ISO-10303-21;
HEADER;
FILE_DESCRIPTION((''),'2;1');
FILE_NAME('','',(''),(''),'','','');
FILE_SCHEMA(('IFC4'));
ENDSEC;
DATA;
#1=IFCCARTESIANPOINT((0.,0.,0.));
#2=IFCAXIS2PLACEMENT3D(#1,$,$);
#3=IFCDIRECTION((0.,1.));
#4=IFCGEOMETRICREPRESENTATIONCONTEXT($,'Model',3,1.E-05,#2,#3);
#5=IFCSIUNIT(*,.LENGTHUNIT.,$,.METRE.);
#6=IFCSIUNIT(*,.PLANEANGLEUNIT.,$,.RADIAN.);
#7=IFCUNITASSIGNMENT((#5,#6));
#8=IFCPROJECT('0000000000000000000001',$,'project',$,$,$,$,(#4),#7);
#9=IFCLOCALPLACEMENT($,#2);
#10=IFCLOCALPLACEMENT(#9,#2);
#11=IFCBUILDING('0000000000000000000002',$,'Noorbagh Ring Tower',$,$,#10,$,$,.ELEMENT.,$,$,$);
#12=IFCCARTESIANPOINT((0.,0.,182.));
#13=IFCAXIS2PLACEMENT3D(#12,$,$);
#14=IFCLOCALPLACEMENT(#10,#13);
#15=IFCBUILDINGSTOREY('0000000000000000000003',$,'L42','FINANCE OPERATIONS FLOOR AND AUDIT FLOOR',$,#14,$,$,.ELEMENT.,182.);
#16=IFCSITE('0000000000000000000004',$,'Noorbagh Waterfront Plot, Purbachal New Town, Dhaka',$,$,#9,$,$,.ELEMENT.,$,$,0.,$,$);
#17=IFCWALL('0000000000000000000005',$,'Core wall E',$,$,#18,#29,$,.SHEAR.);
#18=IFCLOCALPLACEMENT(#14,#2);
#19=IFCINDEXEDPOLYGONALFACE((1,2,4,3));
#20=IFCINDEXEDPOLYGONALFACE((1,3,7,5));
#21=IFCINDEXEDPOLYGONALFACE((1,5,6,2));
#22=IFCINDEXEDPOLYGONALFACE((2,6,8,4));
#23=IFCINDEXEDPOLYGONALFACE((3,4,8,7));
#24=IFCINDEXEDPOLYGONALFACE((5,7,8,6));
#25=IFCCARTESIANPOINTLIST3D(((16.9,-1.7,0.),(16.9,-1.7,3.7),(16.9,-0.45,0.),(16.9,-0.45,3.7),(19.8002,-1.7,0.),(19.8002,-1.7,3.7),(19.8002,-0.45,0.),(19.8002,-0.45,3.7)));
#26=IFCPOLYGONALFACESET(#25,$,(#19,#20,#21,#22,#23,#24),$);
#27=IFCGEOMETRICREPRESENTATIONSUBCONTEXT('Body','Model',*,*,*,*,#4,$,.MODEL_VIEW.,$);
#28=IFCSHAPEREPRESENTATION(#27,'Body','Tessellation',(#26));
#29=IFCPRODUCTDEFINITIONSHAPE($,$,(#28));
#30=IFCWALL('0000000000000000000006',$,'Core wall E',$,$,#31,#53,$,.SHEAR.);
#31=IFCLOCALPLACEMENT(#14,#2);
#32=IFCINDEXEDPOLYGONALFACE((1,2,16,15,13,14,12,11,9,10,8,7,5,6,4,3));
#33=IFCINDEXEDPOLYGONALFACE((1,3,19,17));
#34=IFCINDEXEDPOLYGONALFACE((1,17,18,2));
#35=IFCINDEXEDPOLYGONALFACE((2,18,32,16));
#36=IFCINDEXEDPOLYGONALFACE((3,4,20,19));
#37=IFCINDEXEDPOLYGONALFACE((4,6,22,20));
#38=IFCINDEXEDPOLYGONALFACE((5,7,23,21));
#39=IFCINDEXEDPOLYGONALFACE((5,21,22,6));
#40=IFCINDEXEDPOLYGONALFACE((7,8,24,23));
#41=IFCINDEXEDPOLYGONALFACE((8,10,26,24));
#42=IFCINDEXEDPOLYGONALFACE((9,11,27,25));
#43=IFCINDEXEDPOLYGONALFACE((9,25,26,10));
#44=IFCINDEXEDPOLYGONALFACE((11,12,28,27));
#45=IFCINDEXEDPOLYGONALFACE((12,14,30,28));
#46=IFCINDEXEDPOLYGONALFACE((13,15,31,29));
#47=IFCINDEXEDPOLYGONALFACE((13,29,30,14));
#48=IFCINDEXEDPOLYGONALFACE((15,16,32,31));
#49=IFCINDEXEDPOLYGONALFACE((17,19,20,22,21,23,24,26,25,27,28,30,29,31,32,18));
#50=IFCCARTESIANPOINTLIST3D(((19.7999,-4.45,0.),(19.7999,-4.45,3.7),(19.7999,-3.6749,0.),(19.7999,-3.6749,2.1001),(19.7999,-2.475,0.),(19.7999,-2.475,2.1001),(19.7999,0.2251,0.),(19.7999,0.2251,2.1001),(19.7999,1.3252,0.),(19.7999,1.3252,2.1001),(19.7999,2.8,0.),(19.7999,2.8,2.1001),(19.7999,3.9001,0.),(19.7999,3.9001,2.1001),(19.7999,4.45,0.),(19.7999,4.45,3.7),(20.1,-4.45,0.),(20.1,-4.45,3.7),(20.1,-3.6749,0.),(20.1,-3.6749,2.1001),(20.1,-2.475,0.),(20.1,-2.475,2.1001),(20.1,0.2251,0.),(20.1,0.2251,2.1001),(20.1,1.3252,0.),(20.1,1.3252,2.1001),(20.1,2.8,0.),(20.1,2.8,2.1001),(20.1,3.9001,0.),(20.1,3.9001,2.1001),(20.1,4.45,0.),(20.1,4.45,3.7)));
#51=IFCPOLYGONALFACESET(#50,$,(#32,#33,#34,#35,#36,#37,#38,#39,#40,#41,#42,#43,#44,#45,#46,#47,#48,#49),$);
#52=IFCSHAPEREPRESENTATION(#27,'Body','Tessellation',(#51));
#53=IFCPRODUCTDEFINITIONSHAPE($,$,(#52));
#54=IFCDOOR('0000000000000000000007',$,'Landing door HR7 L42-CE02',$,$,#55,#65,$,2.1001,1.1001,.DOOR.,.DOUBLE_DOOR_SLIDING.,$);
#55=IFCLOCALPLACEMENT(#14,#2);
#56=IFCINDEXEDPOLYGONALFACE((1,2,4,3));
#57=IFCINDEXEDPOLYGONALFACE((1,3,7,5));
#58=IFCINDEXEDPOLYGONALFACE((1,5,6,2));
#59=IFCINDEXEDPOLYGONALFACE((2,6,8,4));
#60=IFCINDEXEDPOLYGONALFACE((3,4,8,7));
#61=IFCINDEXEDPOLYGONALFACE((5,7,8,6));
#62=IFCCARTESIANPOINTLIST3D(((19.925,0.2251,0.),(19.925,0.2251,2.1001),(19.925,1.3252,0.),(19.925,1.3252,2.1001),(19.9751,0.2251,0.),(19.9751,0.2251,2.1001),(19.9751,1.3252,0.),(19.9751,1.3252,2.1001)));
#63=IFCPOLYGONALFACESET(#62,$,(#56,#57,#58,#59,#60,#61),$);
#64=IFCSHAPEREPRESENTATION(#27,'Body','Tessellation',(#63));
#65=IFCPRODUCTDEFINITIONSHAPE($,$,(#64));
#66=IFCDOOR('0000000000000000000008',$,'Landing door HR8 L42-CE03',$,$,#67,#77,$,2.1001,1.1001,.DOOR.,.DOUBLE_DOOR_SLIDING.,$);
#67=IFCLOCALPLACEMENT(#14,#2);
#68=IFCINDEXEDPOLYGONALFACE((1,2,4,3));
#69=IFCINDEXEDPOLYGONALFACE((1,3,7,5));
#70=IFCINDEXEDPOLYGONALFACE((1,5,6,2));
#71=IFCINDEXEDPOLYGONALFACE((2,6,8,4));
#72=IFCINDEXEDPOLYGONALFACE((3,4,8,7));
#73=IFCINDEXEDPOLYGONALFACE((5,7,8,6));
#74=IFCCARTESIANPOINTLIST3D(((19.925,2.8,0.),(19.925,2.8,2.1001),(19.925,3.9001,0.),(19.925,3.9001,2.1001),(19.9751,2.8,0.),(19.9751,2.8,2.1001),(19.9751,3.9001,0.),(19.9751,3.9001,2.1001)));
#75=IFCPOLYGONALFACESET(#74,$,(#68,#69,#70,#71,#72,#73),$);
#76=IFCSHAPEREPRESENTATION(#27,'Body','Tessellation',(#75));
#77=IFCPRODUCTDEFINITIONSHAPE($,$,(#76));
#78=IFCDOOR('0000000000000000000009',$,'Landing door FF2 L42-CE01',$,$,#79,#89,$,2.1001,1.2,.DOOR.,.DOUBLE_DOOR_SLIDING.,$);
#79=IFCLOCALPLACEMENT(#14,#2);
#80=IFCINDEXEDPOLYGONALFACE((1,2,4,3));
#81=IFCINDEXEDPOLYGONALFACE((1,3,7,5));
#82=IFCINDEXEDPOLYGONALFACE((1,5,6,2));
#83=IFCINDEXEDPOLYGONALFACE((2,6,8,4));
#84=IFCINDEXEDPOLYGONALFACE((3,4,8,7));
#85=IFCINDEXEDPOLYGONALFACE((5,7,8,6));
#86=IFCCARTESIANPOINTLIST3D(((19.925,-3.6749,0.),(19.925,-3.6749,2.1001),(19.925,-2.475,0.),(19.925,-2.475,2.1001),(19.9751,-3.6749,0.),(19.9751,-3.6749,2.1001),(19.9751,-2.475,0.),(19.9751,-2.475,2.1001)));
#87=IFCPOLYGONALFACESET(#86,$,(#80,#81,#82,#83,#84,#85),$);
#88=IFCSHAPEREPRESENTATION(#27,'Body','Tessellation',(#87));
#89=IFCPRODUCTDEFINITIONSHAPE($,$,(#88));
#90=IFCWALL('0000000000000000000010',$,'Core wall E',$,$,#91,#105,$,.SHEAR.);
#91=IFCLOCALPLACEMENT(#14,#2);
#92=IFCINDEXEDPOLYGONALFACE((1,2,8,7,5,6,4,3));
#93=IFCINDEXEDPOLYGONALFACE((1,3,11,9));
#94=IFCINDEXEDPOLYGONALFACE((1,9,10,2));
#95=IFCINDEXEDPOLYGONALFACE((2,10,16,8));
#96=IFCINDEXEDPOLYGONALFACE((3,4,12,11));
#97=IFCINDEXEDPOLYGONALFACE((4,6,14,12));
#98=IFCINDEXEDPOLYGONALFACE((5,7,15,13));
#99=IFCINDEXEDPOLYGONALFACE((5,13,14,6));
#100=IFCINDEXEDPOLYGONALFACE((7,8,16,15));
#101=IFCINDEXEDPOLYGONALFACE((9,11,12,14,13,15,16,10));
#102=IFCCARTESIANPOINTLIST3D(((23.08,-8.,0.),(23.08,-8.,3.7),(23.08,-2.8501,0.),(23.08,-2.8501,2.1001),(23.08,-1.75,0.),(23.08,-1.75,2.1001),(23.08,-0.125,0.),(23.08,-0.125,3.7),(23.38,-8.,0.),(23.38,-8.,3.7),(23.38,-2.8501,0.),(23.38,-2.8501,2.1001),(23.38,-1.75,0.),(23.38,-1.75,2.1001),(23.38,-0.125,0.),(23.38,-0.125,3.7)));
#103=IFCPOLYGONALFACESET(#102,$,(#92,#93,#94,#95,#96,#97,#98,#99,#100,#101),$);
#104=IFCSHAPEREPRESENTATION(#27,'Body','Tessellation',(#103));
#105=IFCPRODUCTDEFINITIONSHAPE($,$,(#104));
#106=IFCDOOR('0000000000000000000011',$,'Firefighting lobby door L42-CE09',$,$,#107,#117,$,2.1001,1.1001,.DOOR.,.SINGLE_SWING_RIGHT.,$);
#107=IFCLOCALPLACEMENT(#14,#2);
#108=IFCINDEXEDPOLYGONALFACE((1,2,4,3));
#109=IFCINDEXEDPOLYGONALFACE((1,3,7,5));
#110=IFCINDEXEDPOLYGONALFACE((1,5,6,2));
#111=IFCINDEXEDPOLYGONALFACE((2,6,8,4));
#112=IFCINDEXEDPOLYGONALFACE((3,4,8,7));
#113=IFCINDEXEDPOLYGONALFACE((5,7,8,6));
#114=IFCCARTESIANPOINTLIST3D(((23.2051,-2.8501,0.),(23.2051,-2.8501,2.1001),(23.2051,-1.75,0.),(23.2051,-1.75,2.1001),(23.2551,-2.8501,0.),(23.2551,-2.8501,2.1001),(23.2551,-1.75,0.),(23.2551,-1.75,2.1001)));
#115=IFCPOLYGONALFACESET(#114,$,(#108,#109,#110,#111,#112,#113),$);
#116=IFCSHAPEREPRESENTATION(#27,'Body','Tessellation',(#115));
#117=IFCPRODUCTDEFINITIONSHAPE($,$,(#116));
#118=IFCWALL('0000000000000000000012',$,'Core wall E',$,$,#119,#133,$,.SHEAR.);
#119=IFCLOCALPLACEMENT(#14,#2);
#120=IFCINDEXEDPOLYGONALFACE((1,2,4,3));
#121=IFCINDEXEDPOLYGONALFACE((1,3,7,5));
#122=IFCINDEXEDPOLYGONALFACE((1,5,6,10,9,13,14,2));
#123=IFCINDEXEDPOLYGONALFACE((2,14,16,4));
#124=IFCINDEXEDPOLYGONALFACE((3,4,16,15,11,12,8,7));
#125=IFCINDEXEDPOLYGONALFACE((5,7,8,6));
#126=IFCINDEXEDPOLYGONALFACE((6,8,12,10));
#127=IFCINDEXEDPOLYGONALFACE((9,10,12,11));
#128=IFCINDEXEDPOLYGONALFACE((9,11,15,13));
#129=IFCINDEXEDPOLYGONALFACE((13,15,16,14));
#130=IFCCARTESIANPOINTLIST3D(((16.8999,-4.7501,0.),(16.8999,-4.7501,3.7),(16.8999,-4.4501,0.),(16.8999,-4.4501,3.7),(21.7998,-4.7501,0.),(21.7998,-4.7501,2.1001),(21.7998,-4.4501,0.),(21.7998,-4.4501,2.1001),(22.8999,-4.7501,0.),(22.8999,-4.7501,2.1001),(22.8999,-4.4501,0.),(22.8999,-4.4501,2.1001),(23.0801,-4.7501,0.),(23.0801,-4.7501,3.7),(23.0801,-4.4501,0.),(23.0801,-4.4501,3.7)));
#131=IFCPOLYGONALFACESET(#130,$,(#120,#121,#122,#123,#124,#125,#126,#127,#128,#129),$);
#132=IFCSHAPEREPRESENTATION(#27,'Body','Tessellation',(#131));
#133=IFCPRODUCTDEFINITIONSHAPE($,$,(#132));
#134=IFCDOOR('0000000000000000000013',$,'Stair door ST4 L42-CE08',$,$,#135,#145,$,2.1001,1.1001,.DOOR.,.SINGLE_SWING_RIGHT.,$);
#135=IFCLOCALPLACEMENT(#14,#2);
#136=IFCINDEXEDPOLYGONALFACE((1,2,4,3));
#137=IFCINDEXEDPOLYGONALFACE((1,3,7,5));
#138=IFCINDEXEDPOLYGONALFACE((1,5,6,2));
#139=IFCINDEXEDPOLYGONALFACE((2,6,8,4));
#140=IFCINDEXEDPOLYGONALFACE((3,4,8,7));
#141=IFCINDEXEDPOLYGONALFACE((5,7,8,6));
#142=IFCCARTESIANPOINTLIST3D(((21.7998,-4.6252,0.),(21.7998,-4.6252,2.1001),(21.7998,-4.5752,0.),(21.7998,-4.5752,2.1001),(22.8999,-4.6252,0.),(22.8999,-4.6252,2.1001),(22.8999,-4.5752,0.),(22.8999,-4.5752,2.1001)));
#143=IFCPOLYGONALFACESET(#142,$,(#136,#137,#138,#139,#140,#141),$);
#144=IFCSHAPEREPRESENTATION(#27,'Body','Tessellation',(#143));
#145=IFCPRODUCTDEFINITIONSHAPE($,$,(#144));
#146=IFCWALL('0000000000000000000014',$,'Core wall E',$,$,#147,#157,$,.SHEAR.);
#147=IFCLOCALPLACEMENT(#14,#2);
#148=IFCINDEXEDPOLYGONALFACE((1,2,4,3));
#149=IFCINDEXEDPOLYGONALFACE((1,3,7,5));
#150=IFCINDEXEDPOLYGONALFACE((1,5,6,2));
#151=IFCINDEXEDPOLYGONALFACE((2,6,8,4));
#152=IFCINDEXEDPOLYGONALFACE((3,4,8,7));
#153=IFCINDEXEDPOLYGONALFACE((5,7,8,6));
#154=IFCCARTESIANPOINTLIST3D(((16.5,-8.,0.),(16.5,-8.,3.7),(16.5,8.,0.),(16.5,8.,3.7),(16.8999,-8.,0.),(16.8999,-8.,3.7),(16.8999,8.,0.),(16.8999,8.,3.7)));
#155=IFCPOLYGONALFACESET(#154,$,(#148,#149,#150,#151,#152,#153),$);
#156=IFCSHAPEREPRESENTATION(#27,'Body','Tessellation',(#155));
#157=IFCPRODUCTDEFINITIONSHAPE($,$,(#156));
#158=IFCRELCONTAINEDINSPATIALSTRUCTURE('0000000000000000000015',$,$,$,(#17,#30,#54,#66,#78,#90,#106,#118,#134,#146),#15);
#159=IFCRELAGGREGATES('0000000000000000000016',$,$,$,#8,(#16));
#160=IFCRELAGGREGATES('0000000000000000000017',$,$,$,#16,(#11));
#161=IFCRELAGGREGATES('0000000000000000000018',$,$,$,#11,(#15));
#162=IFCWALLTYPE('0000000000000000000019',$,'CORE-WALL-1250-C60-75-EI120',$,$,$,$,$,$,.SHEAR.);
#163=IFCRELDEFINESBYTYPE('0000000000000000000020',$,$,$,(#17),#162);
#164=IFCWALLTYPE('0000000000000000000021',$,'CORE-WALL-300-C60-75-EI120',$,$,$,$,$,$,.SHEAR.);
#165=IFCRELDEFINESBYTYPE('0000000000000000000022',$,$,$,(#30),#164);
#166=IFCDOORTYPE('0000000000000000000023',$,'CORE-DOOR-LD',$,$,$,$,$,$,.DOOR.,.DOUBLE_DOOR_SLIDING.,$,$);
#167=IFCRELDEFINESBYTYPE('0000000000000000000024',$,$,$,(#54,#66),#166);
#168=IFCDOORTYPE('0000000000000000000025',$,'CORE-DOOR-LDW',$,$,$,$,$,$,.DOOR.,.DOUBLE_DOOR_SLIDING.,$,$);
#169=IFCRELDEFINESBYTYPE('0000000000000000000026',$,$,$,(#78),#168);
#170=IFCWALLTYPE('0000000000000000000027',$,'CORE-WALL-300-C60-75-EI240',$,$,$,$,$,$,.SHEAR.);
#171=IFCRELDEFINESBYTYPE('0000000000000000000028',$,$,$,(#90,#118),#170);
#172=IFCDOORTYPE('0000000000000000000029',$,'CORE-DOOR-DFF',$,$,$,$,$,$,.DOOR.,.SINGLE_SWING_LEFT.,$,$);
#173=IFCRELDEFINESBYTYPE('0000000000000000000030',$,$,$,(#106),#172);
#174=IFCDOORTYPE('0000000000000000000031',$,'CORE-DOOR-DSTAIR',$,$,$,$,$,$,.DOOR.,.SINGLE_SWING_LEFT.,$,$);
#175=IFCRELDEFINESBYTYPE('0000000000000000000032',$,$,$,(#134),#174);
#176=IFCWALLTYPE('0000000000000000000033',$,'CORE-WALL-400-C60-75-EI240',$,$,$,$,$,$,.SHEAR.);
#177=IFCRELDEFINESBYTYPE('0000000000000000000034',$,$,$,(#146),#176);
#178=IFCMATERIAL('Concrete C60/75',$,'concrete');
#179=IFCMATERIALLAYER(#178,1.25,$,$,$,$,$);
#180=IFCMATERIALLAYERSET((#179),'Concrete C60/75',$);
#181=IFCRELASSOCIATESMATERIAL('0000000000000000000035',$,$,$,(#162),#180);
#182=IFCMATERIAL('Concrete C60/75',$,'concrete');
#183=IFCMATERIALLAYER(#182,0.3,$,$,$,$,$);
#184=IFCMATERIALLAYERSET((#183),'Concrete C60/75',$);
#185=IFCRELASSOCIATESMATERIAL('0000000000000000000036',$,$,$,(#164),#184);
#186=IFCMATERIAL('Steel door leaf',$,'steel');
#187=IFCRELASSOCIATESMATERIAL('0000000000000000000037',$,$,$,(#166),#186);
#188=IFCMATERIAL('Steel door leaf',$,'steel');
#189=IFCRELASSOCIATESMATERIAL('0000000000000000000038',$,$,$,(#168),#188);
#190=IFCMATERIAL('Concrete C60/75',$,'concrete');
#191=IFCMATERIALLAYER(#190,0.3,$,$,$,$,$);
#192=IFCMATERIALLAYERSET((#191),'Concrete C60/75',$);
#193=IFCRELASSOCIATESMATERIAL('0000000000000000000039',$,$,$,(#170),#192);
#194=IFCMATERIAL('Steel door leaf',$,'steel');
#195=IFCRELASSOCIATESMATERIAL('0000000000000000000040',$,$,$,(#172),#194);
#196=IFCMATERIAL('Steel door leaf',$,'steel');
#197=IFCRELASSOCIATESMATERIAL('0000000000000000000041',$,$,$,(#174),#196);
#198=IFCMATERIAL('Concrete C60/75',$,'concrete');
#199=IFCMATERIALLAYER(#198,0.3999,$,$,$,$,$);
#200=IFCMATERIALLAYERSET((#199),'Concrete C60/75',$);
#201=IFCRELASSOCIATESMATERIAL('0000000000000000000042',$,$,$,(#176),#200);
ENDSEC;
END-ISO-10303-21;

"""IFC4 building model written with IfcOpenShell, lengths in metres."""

from ifc_helpers import new_model, si_unit, direction, frame, frame_2d, origin, place, context, subcontext, project, spatial, rectangle, extrude, material, layer, layer_set, type_object, element, fill, save


model = new_model("IFC4")

# Units and contexts
model_context = context("Model", 3, precision=1e-05, world=origin(), true_north=direction((0.0, 1.0)))
body_context = subcontext(model_context, "Body", "Model", "MODEL_VIEW")
ifc_project = project(units=[si_unit("LENGTHUNIT", "METRE"), si_unit("PLANEANGLEUNIT", "RADIAN")], contexts=[model_context])

# Site, building, storey
site_placement = place(None, origin())
site = spatial("IfcSite", under=ifc_project, at=site_placement, Name="Noorbagh Waterfront Plot, Purbachal New Town, Dhaka", CompositionType="ELEMENT", RefElevation=0.0)
building_placement = place(site_placement, origin())
building = spatial("IfcBuilding", under=site, at=building_placement, Name="Noorbagh Ring Tower", CompositionType="ELEMENT")
storey_placement = place(building_placement, frame((0.0, 0.0, 182.0)))
storey = spatial("IfcBuildingStorey", under=building, at=storey_placement, Name="L42", Description="FINANCE OPERATIONS FLOOR AND AUDIT FLOOR", CompositionType="ELEMENT", Elevation=182.0)

# Wall
ifc_material_1 = material(Name="Concrete C60/75", Category="concrete")
ifc_layer_1 = layer(ifc_material_1, 1.25)
ifc_layer_set_1 = layer_set([ifc_layer_1], Name="Concrete C60/75")
wall_type_1 = type_object("IfcWallType", Name="CORE-WALL-1250-C60-75-EI120", PredefinedType="SHEAR", material=ifc_layer_set_1)
wall_1_placement = place(storey_placement, frame((16.8999, -1.075, 0.0), z_axis=(0.0, 0.0, 1.0), x_axis=(1.0, 0.0, 0.0)))
element("IfcWall", 1, at=wall_1_placement, inside=storey, type_object=wall_type_1, Name="Core wall E", PredefinedType="SHEAR", context=body_context, shape_type="SweptSolid", body=[
    extrude(rectangle(XDim=2.9001, YDim=1.25, at=frame_2d((1.4502, 0.0))), origin(), (0.0, 0.0, 1.0), 3.7),
])

# Wall, openings, doors
ifc_material_2 = material(Name="Concrete C60/75", Category="concrete")
ifc_layer_2 = layer(ifc_material_2, 0.3)
ifc_layer_set_2 = layer_set([ifc_layer_2], Name="Concrete C60/75")
wall_type_2 = type_object("IfcWallType", Name="CORE-WALL-300-C60-75-EI120", PredefinedType="SHEAR", material=ifc_layer_set_2)
wall_2_placement = place(storey_placement, frame((19.95, -4.45, 0.0), z_axis=(0.0, 0.0, 1.0), x_axis=(0.0, 1.0, 0.0)))
wall_2 = element("IfcWall", 2, at=wall_2_placement, inside=storey, type_object=wall_type_2, Name="Core wall E", PredefinedType="SHEAR", context=body_context, shape_type="SweptSolid", body=[
    extrude(rectangle(XDim=8.8999, YDim=0.3, at=frame_2d((4.45, 0.0))), origin(), (0.0, 0.0, 1.0), 3.7),
])
opening_1_placement = place(wall_2_placement, frame((0.7749, 0.0, 0.0)))
opening_1 = element("IfcOpeningElement", 3, at=opening_1_placement, cuts=wall_2, PredefinedType="OPENING", context=body_context, shape_type="SweptSolid", body=[
    extrude(rectangle(XDim=1.2, YDim=2.1001, at=frame_2d((0.6001, 1.05))), frame((0.0, 0.1602, 0.0), z_axis=(0.0, -1.0, 0.0), x_axis=(1.0, 0.0, 0.0)), (0.0, 0.0, 1.0), 0.3201),
])
opening_2_placement = place(wall_2_placement, frame((4.675, 0.0, 0.0)))
opening_2 = element("IfcOpeningElement", 4, at=opening_2_placement, cuts=wall_2, PredefinedType="OPENING", context=body_context, shape_type="SweptSolid", body=[
    extrude(rectangle(XDim=1.1001, YDim=2.1001, at=frame_2d((0.55, 1.05))), frame((0.0, 0.1602, 0.0), z_axis=(0.0, -1.0, 0.0), x_axis=(1.0, 0.0, 0.0)), (0.0, 0.0, 1.0), 0.3201),
])
opening_3_placement = place(wall_2_placement, frame((7.25, 0.0, 0.0)))
opening_3 = element("IfcOpeningElement", 5, at=opening_3_placement, cuts=wall_2, PredefinedType="OPENING", context=body_context, shape_type="SweptSolid", body=[
    extrude(rectangle(XDim=1.1001, YDim=2.1001, at=frame_2d((0.55, 1.05))), frame((0.0, 0.1602, 0.0), z_axis=(0.0, -1.0, 0.0), x_axis=(1.0, 0.0, 0.0)), (0.0, 0.0, 1.0), 0.3201),
])
ifc_material_3 = material(Name="Steel door leaf", Category="steel")
door_type_1 = type_object("IfcDoorType", Name="CORE-DOOR-LD", OperationType="DOUBLE_DOOR_SLIDING", PredefinedType="DOOR", material=ifc_material_3)
door_1_placement = place(opening_2_placement, origin())
door_1 = element("IfcDoor", 6, at=door_1_placement, inside=storey, type_object=door_type_1, Name="Landing door HR7 L42-CE02", OperationType="DOUBLE_DOOR_SLIDING", OverallHeight=2.1001, OverallWidth=1.1001, PredefinedType="DOOR", context=body_context, shape_type="SweptSolid", body=[
    extrude(rectangle(XDim=1.1001, YDim=2.1001, at=frame_2d((0.55, 1.05))), frame((0.0, 0.0249, 0.0), z_axis=(0.0, -1.0, 0.0), x_axis=(1.0, 0.0, 0.0)), (0.0, 0.0, 1.0), 0.05),
])
fill(opening_2, door_1)
door_2_placement = place(opening_3_placement, origin())
door_2 = element("IfcDoor", 7, at=door_2_placement, inside=storey, type_object=door_type_1, Name="Landing door HR8 L42-CE03", OperationType="DOUBLE_DOOR_SLIDING", OverallHeight=2.1001, OverallWidth=1.1001, PredefinedType="DOOR", context=body_context, shape_type="SweptSolid", body=[
    extrude(rectangle(XDim=1.1001, YDim=2.1001, at=frame_2d((0.55, 1.05))), frame((0.0, 0.0249, 0.0), z_axis=(0.0, -1.0, 0.0), x_axis=(1.0, 0.0, 0.0)), (0.0, 0.0, 1.0), 0.05),
])
fill(opening_3, door_2)
ifc_material_4 = material(Name="Steel door leaf", Category="steel")
door_type_2 = type_object("IfcDoorType", Name="CORE-DOOR-LDW", OperationType="DOUBLE_DOOR_SLIDING", PredefinedType="DOOR", material=ifc_material_4)
door_3_placement = place(opening_1_placement, origin())
door_3 = element("IfcDoor", 8, at=door_3_placement, inside=storey, type_object=door_type_2, Name="Landing door FF2 L42-CE01", OperationType="DOUBLE_DOOR_SLIDING", OverallHeight=2.1001, OverallWidth=1.2, PredefinedType="DOOR", context=body_context, shape_type="SweptSolid", body=[
    extrude(rectangle(XDim=1.2, YDim=2.1001, at=frame_2d((0.6001, 1.05))), frame((0.0, 0.0249, 0.0), z_axis=(0.0, -1.0, 0.0), x_axis=(1.0, 0.0, 0.0)), (0.0, 0.0, 1.0), 0.05),
])
fill(opening_1, door_3)

# Walls, openings, doors
ifc_material_5 = material(Name="Concrete C60/75", Category="concrete")
ifc_layer_3 = layer(ifc_material_5, 0.3)
ifc_layer_set_3 = layer_set([ifc_layer_3], Name="Concrete C60/75")
wall_type_3 = type_object("IfcWallType", Name="CORE-WALL-300-C60-75-EI240", PredefinedType="SHEAR", material=ifc_layer_set_3)
wall_3_placement = place(storey_placement, frame((23.23, -8.0, 0.0), z_axis=(0.0, 0.0, 1.0), x_axis=(0.0, 1.0, 0.0)))
wall_3 = element("IfcWall", 9, at=wall_3_placement, inside=storey, type_object=wall_type_3, Name="Core wall E", PredefinedType="SHEAR", context=body_context, shape_type="SweptSolid", body=[
    extrude(rectangle(XDim=7.875, YDim=0.3, at=frame_2d((3.9375, 0.0))), origin(), (0.0, 0.0, 1.0), 3.7),
])
opening_4_placement = place(wall_3_placement, frame((5.1499, 0.0, 0.0)))
opening_4 = element("IfcOpeningElement", 10, at=opening_4_placement, cuts=wall_3, PredefinedType="OPENING", context=body_context, shape_type="SweptSolid", body=[
    extrude(rectangle(XDim=1.1001, YDim=2.1001, at=frame_2d((0.55, 1.05))), frame((0.0, 0.1602, 0.0), z_axis=(0.0, -1.0, 0.0), x_axis=(1.0, 0.0, 0.0)), (0.0, 0.0, 1.0), 0.3201),
])
ifc_material_6 = material(Name="Steel door leaf", Category="steel")
door_type_3 = type_object("IfcDoorType", Name="CORE-DOOR-DFF", OperationType="SINGLE_SWING_LEFT", PredefinedType="DOOR", material=ifc_material_6)
door_4_placement = place(opening_4_placement, origin())
door_4 = element("IfcDoor", 11, at=door_4_placement, inside=storey, type_object=door_type_3, Name="Firefighting lobby door L42-CE09", OperationType="SINGLE_SWING_RIGHT", OverallHeight=2.1001, OverallWidth=1.1001, PredefinedType="DOOR", context=body_context, shape_type="SweptSolid", body=[
    extrude(rectangle(XDim=1.1001, YDim=2.1001, at=frame_2d((0.55, 1.05))), frame((0.0, 0.0249, 0.0), z_axis=(0.0, -1.0, 0.0), x_axis=(1.0, 0.0, 0.0)), (0.0, 0.0, 1.0), 0.05),
])
fill(opening_4, door_4)
wall_4_placement = place(storey_placement, frame((16.8999, -4.6001, 0.0), z_axis=(0.0, 0.0, 1.0), x_axis=(1.0, 0.0, 0.0)))
wall_4 = element("IfcWall", 12, at=wall_4_placement, inside=storey, type_object=wall_type_3, Name="Core wall E", PredefinedType="SHEAR", context=body_context, shape_type="SweptSolid", body=[
    extrude(rectangle(XDim=6.1802, YDim=0.3, at=frame_2d((3.0901, 0.0))), origin(), (0.0, 0.0, 1.0), 3.7),
])
opening_5_placement = place(wall_4_placement, frame((4.8999, 0.0, 0.0)))
opening_5 = element("IfcOpeningElement", 13, at=opening_5_placement, cuts=wall_4, PredefinedType="OPENING", context=body_context, shape_type="SweptSolid", body=[
    extrude(rectangle(XDim=1.1001, YDim=2.1001, at=frame_2d((0.55, 1.05))), frame((0.0, 0.1602, 0.0), z_axis=(0.0, -1.0, 0.0), x_axis=(1.0, 0.0, 0.0)), (0.0, 0.0, 1.0), 0.3201),
])
ifc_material_7 = material(Name="Steel door leaf", Category="steel")
door_type_4 = type_object("IfcDoorType", Name="CORE-DOOR-DSTAIR", OperationType="SINGLE_SWING_LEFT", PredefinedType="DOOR", material=ifc_material_7)
door_5_placement = place(opening_5_placement, origin())
door_5 = element("IfcDoor", 14, at=door_5_placement, inside=storey, type_object=door_type_4, Name="Stair door ST4 L42-CE08", OperationType="SINGLE_SWING_RIGHT", OverallHeight=2.1001, OverallWidth=1.1001, PredefinedType="DOOR", context=body_context, shape_type="SweptSolid", body=[
    extrude(rectangle(XDim=1.1001, YDim=2.1001, at=frame_2d((0.55, 1.05))), frame((0.0, 0.0249, 0.0), z_axis=(0.0, -1.0, 0.0), x_axis=(1.0, 0.0, 0.0)), (0.0, 0.0, 1.0), 0.05),
])
fill(opening_5, door_5)

# Wall
ifc_material_8 = material(Name="Concrete C60/75", Category="concrete")
ifc_layer_4 = layer(ifc_material_8, 0.3999)
ifc_layer_set_4 = layer_set([ifc_layer_4], Name="Concrete C60/75")
wall_type_4 = type_object("IfcWallType", Name="CORE-WALL-400-C60-75-EI240", PredefinedType="SHEAR", material=ifc_layer_set_4)
wall_5_placement = place(storey_placement, frame((16.7, -8.0, 0.0), z_axis=(0.0, 0.0, 1.0), x_axis=(0.0, 1.0, 0.0)))
element("IfcWall", 15, at=wall_5_placement, inside=storey, type_object=wall_type_4, Name="Core wall E", PredefinedType="SHEAR", context=body_context, shape_type="SweptSolid", body=[
    extrude(rectangle(XDim=16.0, YDim=0.3999, at=frame_2d((8.0, 0.0))), origin(), (0.0, 0.0, 1.0), 3.7),
])

save(model, "model.ifc")
